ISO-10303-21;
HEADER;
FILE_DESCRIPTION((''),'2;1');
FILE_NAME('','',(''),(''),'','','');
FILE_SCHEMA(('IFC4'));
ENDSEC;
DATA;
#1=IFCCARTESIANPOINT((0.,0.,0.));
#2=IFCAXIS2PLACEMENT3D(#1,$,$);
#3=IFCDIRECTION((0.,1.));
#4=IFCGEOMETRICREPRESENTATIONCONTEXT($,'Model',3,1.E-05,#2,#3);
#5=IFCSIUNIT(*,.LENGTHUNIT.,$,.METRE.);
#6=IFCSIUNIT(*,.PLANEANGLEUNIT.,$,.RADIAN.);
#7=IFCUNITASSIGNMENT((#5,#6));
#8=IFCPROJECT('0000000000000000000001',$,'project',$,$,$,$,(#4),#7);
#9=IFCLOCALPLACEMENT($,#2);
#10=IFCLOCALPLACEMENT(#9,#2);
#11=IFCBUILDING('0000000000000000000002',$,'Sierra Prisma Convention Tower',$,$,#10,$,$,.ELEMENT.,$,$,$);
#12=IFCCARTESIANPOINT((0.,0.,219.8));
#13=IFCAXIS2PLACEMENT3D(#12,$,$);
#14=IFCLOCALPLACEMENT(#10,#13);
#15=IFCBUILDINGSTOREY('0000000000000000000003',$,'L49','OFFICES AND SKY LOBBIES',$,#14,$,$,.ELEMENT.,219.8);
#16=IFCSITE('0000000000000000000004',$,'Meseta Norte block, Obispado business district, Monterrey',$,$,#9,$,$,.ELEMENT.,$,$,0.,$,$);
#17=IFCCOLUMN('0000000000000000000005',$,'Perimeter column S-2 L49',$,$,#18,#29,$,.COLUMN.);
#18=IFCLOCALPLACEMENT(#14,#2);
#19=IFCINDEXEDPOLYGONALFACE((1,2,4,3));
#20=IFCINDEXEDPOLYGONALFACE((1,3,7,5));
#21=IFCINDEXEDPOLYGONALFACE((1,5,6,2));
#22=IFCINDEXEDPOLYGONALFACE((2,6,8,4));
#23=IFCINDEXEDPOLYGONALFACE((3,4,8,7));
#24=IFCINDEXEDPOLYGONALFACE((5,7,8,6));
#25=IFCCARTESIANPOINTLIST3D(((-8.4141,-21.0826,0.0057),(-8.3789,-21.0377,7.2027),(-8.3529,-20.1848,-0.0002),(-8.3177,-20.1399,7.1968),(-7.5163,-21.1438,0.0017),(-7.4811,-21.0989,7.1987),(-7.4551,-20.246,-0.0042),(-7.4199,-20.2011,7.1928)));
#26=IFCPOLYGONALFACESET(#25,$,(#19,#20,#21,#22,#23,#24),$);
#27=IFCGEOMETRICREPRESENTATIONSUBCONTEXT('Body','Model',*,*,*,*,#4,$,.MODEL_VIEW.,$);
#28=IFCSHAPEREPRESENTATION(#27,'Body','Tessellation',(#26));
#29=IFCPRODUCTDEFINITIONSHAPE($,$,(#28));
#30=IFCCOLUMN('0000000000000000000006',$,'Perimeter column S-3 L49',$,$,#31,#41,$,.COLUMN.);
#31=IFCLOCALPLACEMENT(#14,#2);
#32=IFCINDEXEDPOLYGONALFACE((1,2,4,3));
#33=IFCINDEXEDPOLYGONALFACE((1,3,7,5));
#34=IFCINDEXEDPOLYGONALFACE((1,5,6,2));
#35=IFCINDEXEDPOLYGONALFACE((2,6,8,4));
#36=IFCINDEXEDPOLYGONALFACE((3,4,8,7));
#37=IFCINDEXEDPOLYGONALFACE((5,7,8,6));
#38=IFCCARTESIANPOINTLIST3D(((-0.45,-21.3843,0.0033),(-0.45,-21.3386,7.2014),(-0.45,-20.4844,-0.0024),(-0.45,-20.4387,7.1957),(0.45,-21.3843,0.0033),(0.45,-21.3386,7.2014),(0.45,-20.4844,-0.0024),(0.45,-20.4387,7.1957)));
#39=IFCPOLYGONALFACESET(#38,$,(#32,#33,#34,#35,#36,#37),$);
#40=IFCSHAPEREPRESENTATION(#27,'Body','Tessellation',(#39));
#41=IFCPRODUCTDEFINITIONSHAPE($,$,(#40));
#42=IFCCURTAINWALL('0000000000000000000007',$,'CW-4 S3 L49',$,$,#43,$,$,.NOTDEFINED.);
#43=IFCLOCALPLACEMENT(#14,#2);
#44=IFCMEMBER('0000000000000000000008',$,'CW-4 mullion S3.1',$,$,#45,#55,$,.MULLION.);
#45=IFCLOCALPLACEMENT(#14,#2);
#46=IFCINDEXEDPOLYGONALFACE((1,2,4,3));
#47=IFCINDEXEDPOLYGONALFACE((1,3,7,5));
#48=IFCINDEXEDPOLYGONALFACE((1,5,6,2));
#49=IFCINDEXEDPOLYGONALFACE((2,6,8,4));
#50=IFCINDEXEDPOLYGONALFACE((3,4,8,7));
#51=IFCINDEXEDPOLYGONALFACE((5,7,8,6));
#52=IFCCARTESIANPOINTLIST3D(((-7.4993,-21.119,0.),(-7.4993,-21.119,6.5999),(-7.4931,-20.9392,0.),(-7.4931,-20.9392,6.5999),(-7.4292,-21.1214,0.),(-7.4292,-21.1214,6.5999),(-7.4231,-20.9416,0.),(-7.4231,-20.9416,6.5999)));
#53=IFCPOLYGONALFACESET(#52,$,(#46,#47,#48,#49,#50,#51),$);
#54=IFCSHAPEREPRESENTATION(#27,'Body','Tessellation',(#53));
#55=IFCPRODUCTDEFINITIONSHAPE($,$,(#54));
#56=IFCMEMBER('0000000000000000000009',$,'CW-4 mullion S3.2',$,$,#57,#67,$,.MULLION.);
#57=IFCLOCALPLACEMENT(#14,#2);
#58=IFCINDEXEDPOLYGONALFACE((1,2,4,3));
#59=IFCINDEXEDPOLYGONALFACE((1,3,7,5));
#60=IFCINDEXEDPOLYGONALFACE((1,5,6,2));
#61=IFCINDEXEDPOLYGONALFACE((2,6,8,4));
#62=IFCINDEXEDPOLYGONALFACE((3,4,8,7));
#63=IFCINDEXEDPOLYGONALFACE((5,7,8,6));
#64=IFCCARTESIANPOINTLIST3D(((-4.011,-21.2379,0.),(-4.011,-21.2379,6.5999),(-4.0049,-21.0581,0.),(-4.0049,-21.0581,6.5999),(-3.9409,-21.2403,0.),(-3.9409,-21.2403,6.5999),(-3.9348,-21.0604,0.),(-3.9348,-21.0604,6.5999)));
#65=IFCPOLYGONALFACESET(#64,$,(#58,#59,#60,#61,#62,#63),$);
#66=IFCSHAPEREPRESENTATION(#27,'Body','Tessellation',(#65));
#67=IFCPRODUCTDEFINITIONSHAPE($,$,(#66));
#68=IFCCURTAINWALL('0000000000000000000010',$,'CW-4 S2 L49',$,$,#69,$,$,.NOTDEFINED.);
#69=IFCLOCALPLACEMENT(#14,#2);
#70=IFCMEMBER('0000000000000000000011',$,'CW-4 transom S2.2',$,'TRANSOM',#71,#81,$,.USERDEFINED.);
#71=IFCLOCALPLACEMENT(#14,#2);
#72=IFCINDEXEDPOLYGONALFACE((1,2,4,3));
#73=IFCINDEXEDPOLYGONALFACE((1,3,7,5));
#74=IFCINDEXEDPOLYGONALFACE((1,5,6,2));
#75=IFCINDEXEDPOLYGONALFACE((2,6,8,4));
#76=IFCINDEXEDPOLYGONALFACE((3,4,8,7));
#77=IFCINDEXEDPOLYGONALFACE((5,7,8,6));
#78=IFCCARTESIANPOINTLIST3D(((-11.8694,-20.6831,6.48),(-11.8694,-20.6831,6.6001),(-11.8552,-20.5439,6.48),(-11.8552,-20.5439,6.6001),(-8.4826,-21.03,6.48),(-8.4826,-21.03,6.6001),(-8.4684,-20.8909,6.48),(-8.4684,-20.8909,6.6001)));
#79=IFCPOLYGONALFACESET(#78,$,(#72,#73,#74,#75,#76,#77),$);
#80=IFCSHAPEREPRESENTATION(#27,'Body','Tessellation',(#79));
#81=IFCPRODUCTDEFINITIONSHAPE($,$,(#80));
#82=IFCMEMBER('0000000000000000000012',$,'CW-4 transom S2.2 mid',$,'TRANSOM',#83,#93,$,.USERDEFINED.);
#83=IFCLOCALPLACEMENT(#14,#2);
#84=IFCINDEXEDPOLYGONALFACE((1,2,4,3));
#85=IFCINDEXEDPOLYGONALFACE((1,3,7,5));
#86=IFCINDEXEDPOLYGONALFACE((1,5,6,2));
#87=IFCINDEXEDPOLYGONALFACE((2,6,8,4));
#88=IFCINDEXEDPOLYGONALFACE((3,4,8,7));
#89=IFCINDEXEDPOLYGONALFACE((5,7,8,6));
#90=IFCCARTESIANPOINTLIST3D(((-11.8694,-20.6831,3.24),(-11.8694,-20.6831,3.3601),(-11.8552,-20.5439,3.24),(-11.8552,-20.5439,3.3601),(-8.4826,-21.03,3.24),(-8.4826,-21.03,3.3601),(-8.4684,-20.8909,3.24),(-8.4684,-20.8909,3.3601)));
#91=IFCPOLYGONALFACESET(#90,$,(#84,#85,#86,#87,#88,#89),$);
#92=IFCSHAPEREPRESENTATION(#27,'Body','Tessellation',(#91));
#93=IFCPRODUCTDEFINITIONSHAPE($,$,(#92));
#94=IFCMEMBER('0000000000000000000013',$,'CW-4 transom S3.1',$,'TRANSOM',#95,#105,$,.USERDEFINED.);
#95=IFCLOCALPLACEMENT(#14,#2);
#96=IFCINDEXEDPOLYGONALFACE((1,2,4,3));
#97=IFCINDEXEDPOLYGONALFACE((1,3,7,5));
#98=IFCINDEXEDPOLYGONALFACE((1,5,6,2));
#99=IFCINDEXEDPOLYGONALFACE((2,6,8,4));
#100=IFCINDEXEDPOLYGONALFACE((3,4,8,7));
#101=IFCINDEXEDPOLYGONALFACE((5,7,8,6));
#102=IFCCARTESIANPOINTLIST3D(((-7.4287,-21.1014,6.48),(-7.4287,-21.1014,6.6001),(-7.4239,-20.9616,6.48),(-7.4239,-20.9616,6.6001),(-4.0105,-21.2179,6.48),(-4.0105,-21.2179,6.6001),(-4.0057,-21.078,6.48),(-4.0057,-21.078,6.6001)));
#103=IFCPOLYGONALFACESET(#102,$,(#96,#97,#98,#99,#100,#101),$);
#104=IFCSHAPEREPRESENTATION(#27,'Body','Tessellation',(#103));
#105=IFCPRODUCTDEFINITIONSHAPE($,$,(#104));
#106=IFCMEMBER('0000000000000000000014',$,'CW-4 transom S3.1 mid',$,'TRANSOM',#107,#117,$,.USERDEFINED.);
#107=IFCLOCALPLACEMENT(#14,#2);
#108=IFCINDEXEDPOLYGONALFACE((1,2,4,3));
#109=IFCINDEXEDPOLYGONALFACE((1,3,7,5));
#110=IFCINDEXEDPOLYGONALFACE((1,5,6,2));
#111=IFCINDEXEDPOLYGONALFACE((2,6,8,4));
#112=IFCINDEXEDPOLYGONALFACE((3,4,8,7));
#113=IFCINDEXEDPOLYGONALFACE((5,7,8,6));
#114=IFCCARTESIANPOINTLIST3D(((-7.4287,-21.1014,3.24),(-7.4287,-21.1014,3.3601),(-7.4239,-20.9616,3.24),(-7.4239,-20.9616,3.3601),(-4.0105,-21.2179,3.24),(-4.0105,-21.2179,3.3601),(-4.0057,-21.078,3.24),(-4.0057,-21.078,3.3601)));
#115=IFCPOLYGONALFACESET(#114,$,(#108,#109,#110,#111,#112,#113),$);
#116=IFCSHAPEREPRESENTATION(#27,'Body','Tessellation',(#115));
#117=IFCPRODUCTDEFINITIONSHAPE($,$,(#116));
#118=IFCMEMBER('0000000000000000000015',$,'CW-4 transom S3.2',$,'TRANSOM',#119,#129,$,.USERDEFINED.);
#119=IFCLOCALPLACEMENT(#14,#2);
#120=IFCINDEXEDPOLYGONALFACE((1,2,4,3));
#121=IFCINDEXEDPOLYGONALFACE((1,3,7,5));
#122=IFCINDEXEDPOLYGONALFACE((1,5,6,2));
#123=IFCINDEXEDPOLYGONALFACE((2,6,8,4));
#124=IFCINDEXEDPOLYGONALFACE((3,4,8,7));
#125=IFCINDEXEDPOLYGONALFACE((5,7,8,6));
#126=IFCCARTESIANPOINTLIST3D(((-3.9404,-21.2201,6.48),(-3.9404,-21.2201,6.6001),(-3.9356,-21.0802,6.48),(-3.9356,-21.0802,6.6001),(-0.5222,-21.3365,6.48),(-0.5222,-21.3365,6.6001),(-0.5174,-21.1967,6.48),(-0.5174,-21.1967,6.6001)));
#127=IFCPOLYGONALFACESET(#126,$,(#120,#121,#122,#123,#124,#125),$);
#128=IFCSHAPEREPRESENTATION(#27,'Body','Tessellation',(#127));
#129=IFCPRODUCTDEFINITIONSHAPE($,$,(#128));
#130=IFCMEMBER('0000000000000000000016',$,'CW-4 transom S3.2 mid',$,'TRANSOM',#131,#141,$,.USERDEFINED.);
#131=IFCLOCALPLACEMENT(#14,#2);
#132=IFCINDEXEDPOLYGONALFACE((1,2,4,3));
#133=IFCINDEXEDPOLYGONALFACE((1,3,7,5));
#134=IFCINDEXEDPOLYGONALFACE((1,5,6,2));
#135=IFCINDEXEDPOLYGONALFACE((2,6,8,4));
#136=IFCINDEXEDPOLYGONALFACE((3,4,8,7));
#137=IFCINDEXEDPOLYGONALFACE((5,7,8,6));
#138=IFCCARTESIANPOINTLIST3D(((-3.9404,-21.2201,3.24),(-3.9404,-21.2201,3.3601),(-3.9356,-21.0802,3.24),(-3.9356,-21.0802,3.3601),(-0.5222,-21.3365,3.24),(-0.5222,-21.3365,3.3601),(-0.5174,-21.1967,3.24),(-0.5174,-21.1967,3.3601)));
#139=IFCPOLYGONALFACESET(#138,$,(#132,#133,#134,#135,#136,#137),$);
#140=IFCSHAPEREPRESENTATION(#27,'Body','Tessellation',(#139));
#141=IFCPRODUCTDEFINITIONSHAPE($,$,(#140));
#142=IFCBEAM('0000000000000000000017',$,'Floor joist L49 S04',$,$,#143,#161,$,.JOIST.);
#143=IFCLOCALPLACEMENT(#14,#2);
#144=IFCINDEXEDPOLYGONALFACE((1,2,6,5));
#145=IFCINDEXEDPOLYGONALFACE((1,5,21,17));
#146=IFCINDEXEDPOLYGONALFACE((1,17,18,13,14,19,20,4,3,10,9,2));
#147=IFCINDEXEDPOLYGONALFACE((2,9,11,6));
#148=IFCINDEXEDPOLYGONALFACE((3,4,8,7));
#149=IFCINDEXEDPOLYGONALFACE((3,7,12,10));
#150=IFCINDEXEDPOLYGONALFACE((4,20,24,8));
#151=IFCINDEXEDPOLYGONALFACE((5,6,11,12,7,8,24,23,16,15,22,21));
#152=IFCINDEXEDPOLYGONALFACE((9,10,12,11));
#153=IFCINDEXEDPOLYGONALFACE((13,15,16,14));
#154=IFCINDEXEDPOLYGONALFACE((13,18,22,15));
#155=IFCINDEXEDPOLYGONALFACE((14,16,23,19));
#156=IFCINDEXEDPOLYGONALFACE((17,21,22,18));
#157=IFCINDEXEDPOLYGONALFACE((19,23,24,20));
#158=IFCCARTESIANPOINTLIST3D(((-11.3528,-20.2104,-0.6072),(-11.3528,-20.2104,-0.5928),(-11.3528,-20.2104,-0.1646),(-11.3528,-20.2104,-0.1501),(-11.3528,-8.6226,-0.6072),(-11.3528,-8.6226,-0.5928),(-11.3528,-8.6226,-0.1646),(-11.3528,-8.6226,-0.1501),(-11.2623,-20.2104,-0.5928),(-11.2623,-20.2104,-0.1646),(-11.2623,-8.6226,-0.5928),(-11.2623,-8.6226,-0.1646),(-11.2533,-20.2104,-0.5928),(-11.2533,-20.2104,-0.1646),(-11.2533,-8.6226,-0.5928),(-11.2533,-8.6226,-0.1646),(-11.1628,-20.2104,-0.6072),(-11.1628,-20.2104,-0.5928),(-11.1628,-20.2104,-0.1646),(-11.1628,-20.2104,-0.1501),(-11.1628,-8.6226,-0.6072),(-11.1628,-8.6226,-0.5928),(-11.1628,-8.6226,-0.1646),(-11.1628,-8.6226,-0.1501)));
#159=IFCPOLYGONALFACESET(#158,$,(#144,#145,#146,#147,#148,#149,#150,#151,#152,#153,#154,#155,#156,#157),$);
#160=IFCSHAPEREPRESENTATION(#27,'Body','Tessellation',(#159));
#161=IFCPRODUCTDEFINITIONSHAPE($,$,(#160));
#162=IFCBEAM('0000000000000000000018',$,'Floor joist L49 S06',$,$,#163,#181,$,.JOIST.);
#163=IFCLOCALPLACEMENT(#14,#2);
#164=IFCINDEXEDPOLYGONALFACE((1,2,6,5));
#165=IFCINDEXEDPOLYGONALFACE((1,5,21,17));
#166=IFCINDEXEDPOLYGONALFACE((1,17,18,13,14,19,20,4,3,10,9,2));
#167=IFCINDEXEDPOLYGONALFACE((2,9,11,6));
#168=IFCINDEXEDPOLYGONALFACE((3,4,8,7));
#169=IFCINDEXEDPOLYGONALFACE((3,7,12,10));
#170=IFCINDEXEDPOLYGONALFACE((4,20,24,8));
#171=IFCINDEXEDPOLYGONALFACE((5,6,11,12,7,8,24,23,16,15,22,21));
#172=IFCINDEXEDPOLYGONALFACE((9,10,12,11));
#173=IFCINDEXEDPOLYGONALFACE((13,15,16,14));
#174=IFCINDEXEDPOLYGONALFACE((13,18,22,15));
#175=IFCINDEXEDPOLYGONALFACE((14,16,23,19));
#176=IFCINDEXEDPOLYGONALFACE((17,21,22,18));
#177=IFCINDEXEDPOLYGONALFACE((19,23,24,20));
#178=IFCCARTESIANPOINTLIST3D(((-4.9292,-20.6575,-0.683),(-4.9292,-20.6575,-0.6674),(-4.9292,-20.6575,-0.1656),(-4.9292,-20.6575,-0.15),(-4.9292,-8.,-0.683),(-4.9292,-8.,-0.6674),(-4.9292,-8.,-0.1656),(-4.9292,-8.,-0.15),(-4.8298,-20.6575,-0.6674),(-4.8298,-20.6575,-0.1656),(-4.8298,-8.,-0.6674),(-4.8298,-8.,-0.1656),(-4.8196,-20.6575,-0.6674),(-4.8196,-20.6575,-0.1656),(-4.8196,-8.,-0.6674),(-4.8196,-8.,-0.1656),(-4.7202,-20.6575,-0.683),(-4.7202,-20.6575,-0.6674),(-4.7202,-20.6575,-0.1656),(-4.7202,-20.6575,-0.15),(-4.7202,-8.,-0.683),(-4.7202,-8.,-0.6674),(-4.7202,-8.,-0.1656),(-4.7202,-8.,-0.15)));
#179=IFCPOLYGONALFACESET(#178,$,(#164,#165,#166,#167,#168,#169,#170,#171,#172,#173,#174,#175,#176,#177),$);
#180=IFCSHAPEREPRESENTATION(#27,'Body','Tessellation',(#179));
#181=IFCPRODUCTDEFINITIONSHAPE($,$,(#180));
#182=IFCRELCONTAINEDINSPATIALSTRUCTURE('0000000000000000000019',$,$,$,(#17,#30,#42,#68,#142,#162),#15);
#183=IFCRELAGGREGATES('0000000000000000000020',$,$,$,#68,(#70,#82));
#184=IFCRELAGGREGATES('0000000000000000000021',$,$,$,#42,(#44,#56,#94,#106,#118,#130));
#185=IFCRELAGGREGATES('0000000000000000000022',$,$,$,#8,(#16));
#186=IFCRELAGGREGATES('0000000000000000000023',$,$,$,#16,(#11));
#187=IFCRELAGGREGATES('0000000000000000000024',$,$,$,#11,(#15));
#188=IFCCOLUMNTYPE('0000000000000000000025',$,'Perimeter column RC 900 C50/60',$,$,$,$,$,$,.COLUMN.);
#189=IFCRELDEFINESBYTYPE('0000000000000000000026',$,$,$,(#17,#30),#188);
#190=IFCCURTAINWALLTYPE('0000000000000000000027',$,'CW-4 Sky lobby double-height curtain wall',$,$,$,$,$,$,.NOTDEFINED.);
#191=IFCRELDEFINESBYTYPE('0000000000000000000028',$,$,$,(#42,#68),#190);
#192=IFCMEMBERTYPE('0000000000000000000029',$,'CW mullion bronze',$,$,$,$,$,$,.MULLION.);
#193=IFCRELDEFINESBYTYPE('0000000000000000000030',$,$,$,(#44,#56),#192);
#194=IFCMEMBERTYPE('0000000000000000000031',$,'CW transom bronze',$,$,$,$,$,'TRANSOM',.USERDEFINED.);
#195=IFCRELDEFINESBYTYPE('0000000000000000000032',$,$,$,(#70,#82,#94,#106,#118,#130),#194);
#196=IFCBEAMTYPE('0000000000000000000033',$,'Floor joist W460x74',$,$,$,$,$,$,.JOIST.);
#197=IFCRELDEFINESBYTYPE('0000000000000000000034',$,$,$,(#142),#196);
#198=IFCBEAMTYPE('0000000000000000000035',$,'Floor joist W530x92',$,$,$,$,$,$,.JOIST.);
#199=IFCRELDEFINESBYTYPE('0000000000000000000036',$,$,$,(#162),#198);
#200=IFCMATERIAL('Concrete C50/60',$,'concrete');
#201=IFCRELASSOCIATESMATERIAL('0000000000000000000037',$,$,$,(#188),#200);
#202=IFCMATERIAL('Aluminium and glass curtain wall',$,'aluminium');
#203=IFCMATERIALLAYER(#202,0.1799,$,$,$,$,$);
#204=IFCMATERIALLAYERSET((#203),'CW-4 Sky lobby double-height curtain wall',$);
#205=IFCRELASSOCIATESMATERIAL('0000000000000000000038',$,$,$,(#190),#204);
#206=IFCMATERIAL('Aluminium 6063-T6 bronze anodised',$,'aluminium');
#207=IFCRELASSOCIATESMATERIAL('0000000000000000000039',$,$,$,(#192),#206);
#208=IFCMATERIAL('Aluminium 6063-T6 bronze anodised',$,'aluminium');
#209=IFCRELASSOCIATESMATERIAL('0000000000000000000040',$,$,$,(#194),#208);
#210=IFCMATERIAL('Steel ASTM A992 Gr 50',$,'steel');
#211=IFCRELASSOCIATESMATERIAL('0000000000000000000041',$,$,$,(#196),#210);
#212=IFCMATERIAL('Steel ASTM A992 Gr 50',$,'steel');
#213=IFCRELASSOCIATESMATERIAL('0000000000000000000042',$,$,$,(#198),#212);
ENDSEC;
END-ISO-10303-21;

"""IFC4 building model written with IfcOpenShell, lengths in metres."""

from ifc_helpers import new_model, si_unit, direction, frame, origin, origin_2d, place, context, subcontext, project, spatial, rectangle, i_section, extrude, clip, halfspace, material, layer, layer_set, material_profile, profile_set, type_object, element, aggregate, save


model = new_model("IFC4")

# Units and contexts
model_context = context("Model", 3, precision=1e-05, world=origin(), true_north=direction((0.0, 1.0)))
body_context = subcontext(model_context, "Body", "Model", "MODEL_VIEW")
ifc_project = project(units=[si_unit("LENGTHUNIT", "METRE"), si_unit("PLANEANGLEUNIT", "RADIAN")], contexts=[model_context])

# Site, building, storey
site_placement = place(None, origin())
site = spatial("IfcSite", under=ifc_project, at=site_placement, Name="Meseta Norte block, Obispado business district, Monterrey", CompositionType="ELEMENT", RefElevation=0.0)
building_placement = place(site_placement, origin())
building = spatial("IfcBuilding", under=site, at=building_placement, Name="Sierra Prisma Convention Tower", CompositionType="ELEMENT")
storey_placement = place(building_placement, frame((0.0, 0.0, 219.8)))
storey = spatial("IfcBuildingStorey", under=building, at=storey_placement, Name="L49", Description="OFFICES AND SKY LOBBIES", CompositionType="ELEMENT", Elevation=219.8)

# Columns
ifc_material_1 = material(Name="Concrete C50/60", Category="concrete")
ifc_material_profile_1 = material_profile(ifc_material_1, rectangle(XDim=0.8999, YDim=0.8999, at=origin_2d()), Name="Perimeter column RC 900 C50/60")
ifc_profile_set_1 = profile_set([ifc_material_profile_1], Name="Concrete C50/60")
column_type = type_object("IfcColumnType", Name="Perimeter column RC 900 C50/60", PredefinedType="COLUMN", material=ifc_profile_set_1)
column_1_placement = place(storey_placement, frame((-7.9346, -20.6643, 0.0), z_axis=(0.004883, 0.006239, 0.999969), x_axis=(-0.997674, 0.068023, 0.004447)))
element("IfcColumn", 1, at=column_1_placement, inside=storey, type_object=column_type, Name="Perimeter column S-2 L49", PredefinedType="COLUMN", context=body_context, shape_type="SweptSolid", body=[
    clip(clip(extrude(rectangle(XDim=0.8999, YDim=0.8999, at=origin_2d()), origin(), (0.0, 0.0, 1.0), 7.2002), halfspace(frame((0.0, 0.0, 0.0007)), True)), halfspace(frame((0.0, 0.0, 7.198)), False)),
])
column_2_placement = place(storey_placement, frame((0.0, -20.9343, 0.0), z_axis=(0.0, 0.006341, 0.99998), x_axis=(1.0, 0.0, 0.0)))
element("IfcColumn", 2, at=column_2_placement, inside=storey, type_object=column_type, Name="Perimeter column S-3 L49", PredefinedType="COLUMN", context=body_context, shape_type="SweptSolid", body=[
    clip(clip(extrude(rectangle(XDim=0.8999, YDim=0.8999, at=origin_2d()), origin(), (0.0, 0.0, 1.0), 7.2002), halfspace(frame((0.0, 0.0, 0.0005)), True)), halfspace(frame((0.0, 0.0, 7.1987)), False)),
])

# Curtain walls, members
ifc_material_2 = material(Name="Aluminium and glass curtain wall", Category="aluminium")
ifc_layer_1 = layer(ifc_material_2, 0.1799)
ifc_layer_set_1 = layer_set([ifc_layer_1], Name="CW-4 Sky lobby double-height curtain wall")
curtain_wall_type = type_object("IfcCurtainWallType", Name="CW-4 Sky lobby double-height curtain wall", PredefinedType="NOTDEFINED", material=ifc_layer_set_1)
curtain_wall_1_placement = place(storey_placement, origin())
curtain_wall_1 = element("IfcCurtainWall", 3, at=curtain_wall_1_placement, inside=storey, type_object=curtain_wall_type, Name="CW-4 S3 L49", PredefinedType="NOTDEFINED")
ifc_material_3 = material(Name="Aluminium 6063-T6 bronze anodised", Category="aluminium")
ifc_material_profile_2 = material_profile(ifc_material_3, rectangle(XDim=0.1799, YDim=0.0701, at=origin_2d()), Name="ALU MULLION 70x180")
ifc_profile_set_2 = profile_set([ifc_material_profile_2], Name="Aluminium 6063-T6 bronze anodised")
member_type_1 = type_object("IfcMemberType", Name="CW mullion bronze", PredefinedType="MULLION", material=ifc_profile_set_2)
member_1_placement = place(storey_placement, frame((-7.4612, -21.0303, 0.0), z_axis=(0.0, 0.0, 1.0), x_axis=(0.034017, 0.999421, 0.0)))
member_1 = element("IfcMember", 4, at=member_1_placement, type_object=member_type_1, Name="CW-4 mullion S3.1", PredefinedType="MULLION", context=body_context, shape_type="SweptSolid", body=[
    extrude(rectangle(XDim=0.1799, YDim=0.0701, at=origin_2d()), origin(), (0.0, 0.0, 1.0), 6.5999),
])
member_2_placement = place(storey_placement, frame((-3.9729, -21.1492, 0.0), z_axis=(0.0, 0.0, 1.0), x_axis=(0.034017, 0.999421, 0.0)))
member_2 = element("IfcMember", 5, at=member_2_placement, type_object=member_type_1, Name="CW-4 mullion S3.2", PredefinedType="MULLION", context=body_context, shape_type="SweptSolid", body=[
    extrude(rectangle(XDim=0.1799, YDim=0.0701, at=origin_2d()), origin(), (0.0, 0.0, 1.0), 6.5999),
])
curtain_wall_2_placement = place(storey_placement, origin())
curtain_wall_2 = element("IfcCurtainWall", 6, at=curtain_wall_2_placement, inside=storey, type_object=curtain_wall_type, Name="CW-4 S2 L49", PredefinedType="NOTDEFINED")
ifc_material_4 = material(Name="Aluminium 6063-T6 bronze anodised", Category="aluminium")
ifc_material_profile_3 = material_profile(ifc_material_4, rectangle(XDim=0.1399, YDim=0.1201, at=origin_2d()), Name="ALU TRANSOM 120x140")
ifc_profile_set_3 = profile_set([ifc_material_profile_3], Name="Aluminium 6063-T6 bronze anodised")
member_type_2 = type_object("IfcMemberType", Name="CW transom bronze", ElementType="TRANSOM", PredefinedType="USERDEFINED", material=ifc_profile_set_3)
member_3_placement = place(storey_placement, frame((-11.8623, -20.6135, 6.54), z_axis=(0.994794, -0.101903, 0.0), x_axis=(0.101903, 0.994794, 0.0)))
member_3 = element("IfcMember", 7, at=member_3_placement, type_object=member_type_2, Name="CW-4 transom S2.2", ObjectType="TRANSOM", PredefinedType="USERDEFINED", context=body_context, shape_type="SweptSolid", body=[
    extrude(rectangle(XDim=0.1399, YDim=0.1201, at=origin_2d()), origin(), (0.0, 0.0, 1.0), 3.4045),
])
member_4_placement = place(storey_placement, frame((-11.8623, -20.6135, 3.3), z_axis=(0.994794, -0.101903, 0.0), x_axis=(0.101903, 0.994794, 0.0)))
member_4 = element("IfcMember", 8, at=member_4_placement, type_object=member_type_2, Name="CW-4 transom S2.2 mid", ObjectType="TRANSOM", PredefinedType="USERDEFINED", context=body_context, shape_type="SweptSolid", body=[
    extrude(rectangle(XDim=0.1399, YDim=0.1201, at=origin_2d()), origin(), (0.0, 0.0, 1.0), 3.4045),
])

# Members
member_5_placement = place(storey_placement, frame((-7.4263, -21.0315, 6.54), z_axis=(0.99942, -0.034049, 0.0), x_axis=(0.034049, 0.99942, 0.0)))
member_5 = element("IfcMember", 9, at=member_5_placement, type_object=member_type_2, Name="CW-4 transom S3.1", ObjectType="TRANSOM", PredefinedType="USERDEFINED", context=body_context, shape_type="SweptSolid", body=[
    extrude(rectangle(XDim=0.1399, YDim=0.1201, at=origin_2d()), origin(), (0.0, 0.0, 1.0), 3.4202),
])
member_6_placement = place(storey_placement, frame((-7.4263, -21.0315, 3.3), z_axis=(0.99942, -0.034049, 0.0), x_axis=(0.034049, 0.99942, 0.0)))
member_6 = element("IfcMember", 10, at=member_6_placement, type_object=member_type_2, Name="CW-4 transom S3.1 mid", ObjectType="TRANSOM", PredefinedType="USERDEFINED", context=body_context, shape_type="SweptSolid", body=[
    extrude(rectangle(XDim=0.1399, YDim=0.1201, at=origin_2d()), origin(), (0.0, 0.0, 1.0), 3.4202),
])
member_7_placement = place(storey_placement, frame((-3.938, -21.1501, 6.54), z_axis=(0.99942, -0.034049, 0.0), x_axis=(0.034049, 0.99942, 0.0)))
member_7 = element("IfcMember", 11, at=member_7_placement, type_object=member_type_2, Name="CW-4 transom S3.2", ObjectType="TRANSOM", PredefinedType="USERDEFINED", context=body_context, shape_type="SweptSolid", body=[
    extrude(rectangle(XDim=0.1399, YDim=0.1201, at=origin_2d()), origin(), (0.0, 0.0, 1.0), 3.4202),
])
member_8_placement = place(storey_placement, frame((-3.938, -21.1501, 3.3), z_axis=(0.99942, -0.034049, 0.0), x_axis=(0.034049, 0.99942, 0.0)))
member_8 = element("IfcMember", 12, at=member_8_placement, type_object=member_type_2, Name="CW-4 transom S3.2 mid", ObjectType="TRANSOM", PredefinedType="USERDEFINED", context=body_context, shape_type="SweptSolid", body=[
    extrude(rectangle(XDim=0.1399, YDim=0.1201, at=origin_2d()), origin(), (0.0, 0.0, 1.0), 3.4202),
])

# Beams
ifc_material_5 = material(Name="Steel ASTM A992 Gr 50", Category="steel")
ifc_material_profile_4 = material_profile(ifc_material_5, i_section(OverallWidth=0.1899, OverallDepth=0.457, WebThickness=0.009, FlangeThickness=0.0144, at=origin_2d()), Name="W460x74")
ifc_profile_set_4 = profile_set([ifc_material_profile_4], Name="Steel ASTM A992 Gr 50")
beam_type_1 = type_object("IfcBeamType", Name="Floor joist W460x74", PredefinedType="JOIST", material=ifc_profile_set_4)
beam_1_placement = place(storey_placement, frame((-11.2578, -20.2104, -0.3787), z_axis=(0.0, 1.0, 0.0), x_axis=(-1.0, 0.0, 0.0)))
element("IfcBeam", 13, at=beam_1_placement, inside=storey, type_object=beam_type_1, Name="Floor joist L49 S04", PredefinedType="JOIST", context=body_context, shape_type="SweptSolid", body=[
    extrude(i_section(OverallWidth=0.1899, OverallDepth=0.457, WebThickness=0.009, FlangeThickness=0.0144, at=origin_2d()), origin(), (0.0, 0.0, 1.0), 11.5879),
])
ifc_material_6 = material(Name="Steel ASTM A992 Gr 50", Category="steel")
ifc_material_profile_5 = material_profile(ifc_material_6, i_section(OverallWidth=0.209, OverallDepth=0.533, WebThickness=0.0103, FlangeThickness=0.0156, at=origin_2d()), Name="W530x92")
ifc_profile_set_5 = profile_set([ifc_material_profile_5], Name="Steel ASTM A992 Gr 50")
beam_type_2 = type_object("IfcBeamType", Name="Floor joist W530x92", PredefinedType="JOIST", material=ifc_profile_set_5)
beam_2_placement = place(storey_placement, frame((-4.8247, -20.6575, -0.4165), z_axis=(0.0, 1.0, 0.0), x_axis=(-1.0, 0.0, 0.0)))
element("IfcBeam", 14, at=beam_2_placement, inside=storey, type_object=beam_type_2, Name="Floor joist L49 S06", PredefinedType="JOIST", context=body_context, shape_type="SweptSolid", body=[
    extrude(i_section(OverallWidth=0.209, OverallDepth=0.533, WebThickness=0.0103, FlangeThickness=0.0156, at=origin_2d()), origin(), (0.0, 0.0, 1.0), 12.6575),
])

aggregate(curtain_wall_2, [member_3, member_4])
aggregate(curtain_wall_1, [member_1, member_2, member_5, member_6, member_7, member_8])

save(model, "model.ifc")
